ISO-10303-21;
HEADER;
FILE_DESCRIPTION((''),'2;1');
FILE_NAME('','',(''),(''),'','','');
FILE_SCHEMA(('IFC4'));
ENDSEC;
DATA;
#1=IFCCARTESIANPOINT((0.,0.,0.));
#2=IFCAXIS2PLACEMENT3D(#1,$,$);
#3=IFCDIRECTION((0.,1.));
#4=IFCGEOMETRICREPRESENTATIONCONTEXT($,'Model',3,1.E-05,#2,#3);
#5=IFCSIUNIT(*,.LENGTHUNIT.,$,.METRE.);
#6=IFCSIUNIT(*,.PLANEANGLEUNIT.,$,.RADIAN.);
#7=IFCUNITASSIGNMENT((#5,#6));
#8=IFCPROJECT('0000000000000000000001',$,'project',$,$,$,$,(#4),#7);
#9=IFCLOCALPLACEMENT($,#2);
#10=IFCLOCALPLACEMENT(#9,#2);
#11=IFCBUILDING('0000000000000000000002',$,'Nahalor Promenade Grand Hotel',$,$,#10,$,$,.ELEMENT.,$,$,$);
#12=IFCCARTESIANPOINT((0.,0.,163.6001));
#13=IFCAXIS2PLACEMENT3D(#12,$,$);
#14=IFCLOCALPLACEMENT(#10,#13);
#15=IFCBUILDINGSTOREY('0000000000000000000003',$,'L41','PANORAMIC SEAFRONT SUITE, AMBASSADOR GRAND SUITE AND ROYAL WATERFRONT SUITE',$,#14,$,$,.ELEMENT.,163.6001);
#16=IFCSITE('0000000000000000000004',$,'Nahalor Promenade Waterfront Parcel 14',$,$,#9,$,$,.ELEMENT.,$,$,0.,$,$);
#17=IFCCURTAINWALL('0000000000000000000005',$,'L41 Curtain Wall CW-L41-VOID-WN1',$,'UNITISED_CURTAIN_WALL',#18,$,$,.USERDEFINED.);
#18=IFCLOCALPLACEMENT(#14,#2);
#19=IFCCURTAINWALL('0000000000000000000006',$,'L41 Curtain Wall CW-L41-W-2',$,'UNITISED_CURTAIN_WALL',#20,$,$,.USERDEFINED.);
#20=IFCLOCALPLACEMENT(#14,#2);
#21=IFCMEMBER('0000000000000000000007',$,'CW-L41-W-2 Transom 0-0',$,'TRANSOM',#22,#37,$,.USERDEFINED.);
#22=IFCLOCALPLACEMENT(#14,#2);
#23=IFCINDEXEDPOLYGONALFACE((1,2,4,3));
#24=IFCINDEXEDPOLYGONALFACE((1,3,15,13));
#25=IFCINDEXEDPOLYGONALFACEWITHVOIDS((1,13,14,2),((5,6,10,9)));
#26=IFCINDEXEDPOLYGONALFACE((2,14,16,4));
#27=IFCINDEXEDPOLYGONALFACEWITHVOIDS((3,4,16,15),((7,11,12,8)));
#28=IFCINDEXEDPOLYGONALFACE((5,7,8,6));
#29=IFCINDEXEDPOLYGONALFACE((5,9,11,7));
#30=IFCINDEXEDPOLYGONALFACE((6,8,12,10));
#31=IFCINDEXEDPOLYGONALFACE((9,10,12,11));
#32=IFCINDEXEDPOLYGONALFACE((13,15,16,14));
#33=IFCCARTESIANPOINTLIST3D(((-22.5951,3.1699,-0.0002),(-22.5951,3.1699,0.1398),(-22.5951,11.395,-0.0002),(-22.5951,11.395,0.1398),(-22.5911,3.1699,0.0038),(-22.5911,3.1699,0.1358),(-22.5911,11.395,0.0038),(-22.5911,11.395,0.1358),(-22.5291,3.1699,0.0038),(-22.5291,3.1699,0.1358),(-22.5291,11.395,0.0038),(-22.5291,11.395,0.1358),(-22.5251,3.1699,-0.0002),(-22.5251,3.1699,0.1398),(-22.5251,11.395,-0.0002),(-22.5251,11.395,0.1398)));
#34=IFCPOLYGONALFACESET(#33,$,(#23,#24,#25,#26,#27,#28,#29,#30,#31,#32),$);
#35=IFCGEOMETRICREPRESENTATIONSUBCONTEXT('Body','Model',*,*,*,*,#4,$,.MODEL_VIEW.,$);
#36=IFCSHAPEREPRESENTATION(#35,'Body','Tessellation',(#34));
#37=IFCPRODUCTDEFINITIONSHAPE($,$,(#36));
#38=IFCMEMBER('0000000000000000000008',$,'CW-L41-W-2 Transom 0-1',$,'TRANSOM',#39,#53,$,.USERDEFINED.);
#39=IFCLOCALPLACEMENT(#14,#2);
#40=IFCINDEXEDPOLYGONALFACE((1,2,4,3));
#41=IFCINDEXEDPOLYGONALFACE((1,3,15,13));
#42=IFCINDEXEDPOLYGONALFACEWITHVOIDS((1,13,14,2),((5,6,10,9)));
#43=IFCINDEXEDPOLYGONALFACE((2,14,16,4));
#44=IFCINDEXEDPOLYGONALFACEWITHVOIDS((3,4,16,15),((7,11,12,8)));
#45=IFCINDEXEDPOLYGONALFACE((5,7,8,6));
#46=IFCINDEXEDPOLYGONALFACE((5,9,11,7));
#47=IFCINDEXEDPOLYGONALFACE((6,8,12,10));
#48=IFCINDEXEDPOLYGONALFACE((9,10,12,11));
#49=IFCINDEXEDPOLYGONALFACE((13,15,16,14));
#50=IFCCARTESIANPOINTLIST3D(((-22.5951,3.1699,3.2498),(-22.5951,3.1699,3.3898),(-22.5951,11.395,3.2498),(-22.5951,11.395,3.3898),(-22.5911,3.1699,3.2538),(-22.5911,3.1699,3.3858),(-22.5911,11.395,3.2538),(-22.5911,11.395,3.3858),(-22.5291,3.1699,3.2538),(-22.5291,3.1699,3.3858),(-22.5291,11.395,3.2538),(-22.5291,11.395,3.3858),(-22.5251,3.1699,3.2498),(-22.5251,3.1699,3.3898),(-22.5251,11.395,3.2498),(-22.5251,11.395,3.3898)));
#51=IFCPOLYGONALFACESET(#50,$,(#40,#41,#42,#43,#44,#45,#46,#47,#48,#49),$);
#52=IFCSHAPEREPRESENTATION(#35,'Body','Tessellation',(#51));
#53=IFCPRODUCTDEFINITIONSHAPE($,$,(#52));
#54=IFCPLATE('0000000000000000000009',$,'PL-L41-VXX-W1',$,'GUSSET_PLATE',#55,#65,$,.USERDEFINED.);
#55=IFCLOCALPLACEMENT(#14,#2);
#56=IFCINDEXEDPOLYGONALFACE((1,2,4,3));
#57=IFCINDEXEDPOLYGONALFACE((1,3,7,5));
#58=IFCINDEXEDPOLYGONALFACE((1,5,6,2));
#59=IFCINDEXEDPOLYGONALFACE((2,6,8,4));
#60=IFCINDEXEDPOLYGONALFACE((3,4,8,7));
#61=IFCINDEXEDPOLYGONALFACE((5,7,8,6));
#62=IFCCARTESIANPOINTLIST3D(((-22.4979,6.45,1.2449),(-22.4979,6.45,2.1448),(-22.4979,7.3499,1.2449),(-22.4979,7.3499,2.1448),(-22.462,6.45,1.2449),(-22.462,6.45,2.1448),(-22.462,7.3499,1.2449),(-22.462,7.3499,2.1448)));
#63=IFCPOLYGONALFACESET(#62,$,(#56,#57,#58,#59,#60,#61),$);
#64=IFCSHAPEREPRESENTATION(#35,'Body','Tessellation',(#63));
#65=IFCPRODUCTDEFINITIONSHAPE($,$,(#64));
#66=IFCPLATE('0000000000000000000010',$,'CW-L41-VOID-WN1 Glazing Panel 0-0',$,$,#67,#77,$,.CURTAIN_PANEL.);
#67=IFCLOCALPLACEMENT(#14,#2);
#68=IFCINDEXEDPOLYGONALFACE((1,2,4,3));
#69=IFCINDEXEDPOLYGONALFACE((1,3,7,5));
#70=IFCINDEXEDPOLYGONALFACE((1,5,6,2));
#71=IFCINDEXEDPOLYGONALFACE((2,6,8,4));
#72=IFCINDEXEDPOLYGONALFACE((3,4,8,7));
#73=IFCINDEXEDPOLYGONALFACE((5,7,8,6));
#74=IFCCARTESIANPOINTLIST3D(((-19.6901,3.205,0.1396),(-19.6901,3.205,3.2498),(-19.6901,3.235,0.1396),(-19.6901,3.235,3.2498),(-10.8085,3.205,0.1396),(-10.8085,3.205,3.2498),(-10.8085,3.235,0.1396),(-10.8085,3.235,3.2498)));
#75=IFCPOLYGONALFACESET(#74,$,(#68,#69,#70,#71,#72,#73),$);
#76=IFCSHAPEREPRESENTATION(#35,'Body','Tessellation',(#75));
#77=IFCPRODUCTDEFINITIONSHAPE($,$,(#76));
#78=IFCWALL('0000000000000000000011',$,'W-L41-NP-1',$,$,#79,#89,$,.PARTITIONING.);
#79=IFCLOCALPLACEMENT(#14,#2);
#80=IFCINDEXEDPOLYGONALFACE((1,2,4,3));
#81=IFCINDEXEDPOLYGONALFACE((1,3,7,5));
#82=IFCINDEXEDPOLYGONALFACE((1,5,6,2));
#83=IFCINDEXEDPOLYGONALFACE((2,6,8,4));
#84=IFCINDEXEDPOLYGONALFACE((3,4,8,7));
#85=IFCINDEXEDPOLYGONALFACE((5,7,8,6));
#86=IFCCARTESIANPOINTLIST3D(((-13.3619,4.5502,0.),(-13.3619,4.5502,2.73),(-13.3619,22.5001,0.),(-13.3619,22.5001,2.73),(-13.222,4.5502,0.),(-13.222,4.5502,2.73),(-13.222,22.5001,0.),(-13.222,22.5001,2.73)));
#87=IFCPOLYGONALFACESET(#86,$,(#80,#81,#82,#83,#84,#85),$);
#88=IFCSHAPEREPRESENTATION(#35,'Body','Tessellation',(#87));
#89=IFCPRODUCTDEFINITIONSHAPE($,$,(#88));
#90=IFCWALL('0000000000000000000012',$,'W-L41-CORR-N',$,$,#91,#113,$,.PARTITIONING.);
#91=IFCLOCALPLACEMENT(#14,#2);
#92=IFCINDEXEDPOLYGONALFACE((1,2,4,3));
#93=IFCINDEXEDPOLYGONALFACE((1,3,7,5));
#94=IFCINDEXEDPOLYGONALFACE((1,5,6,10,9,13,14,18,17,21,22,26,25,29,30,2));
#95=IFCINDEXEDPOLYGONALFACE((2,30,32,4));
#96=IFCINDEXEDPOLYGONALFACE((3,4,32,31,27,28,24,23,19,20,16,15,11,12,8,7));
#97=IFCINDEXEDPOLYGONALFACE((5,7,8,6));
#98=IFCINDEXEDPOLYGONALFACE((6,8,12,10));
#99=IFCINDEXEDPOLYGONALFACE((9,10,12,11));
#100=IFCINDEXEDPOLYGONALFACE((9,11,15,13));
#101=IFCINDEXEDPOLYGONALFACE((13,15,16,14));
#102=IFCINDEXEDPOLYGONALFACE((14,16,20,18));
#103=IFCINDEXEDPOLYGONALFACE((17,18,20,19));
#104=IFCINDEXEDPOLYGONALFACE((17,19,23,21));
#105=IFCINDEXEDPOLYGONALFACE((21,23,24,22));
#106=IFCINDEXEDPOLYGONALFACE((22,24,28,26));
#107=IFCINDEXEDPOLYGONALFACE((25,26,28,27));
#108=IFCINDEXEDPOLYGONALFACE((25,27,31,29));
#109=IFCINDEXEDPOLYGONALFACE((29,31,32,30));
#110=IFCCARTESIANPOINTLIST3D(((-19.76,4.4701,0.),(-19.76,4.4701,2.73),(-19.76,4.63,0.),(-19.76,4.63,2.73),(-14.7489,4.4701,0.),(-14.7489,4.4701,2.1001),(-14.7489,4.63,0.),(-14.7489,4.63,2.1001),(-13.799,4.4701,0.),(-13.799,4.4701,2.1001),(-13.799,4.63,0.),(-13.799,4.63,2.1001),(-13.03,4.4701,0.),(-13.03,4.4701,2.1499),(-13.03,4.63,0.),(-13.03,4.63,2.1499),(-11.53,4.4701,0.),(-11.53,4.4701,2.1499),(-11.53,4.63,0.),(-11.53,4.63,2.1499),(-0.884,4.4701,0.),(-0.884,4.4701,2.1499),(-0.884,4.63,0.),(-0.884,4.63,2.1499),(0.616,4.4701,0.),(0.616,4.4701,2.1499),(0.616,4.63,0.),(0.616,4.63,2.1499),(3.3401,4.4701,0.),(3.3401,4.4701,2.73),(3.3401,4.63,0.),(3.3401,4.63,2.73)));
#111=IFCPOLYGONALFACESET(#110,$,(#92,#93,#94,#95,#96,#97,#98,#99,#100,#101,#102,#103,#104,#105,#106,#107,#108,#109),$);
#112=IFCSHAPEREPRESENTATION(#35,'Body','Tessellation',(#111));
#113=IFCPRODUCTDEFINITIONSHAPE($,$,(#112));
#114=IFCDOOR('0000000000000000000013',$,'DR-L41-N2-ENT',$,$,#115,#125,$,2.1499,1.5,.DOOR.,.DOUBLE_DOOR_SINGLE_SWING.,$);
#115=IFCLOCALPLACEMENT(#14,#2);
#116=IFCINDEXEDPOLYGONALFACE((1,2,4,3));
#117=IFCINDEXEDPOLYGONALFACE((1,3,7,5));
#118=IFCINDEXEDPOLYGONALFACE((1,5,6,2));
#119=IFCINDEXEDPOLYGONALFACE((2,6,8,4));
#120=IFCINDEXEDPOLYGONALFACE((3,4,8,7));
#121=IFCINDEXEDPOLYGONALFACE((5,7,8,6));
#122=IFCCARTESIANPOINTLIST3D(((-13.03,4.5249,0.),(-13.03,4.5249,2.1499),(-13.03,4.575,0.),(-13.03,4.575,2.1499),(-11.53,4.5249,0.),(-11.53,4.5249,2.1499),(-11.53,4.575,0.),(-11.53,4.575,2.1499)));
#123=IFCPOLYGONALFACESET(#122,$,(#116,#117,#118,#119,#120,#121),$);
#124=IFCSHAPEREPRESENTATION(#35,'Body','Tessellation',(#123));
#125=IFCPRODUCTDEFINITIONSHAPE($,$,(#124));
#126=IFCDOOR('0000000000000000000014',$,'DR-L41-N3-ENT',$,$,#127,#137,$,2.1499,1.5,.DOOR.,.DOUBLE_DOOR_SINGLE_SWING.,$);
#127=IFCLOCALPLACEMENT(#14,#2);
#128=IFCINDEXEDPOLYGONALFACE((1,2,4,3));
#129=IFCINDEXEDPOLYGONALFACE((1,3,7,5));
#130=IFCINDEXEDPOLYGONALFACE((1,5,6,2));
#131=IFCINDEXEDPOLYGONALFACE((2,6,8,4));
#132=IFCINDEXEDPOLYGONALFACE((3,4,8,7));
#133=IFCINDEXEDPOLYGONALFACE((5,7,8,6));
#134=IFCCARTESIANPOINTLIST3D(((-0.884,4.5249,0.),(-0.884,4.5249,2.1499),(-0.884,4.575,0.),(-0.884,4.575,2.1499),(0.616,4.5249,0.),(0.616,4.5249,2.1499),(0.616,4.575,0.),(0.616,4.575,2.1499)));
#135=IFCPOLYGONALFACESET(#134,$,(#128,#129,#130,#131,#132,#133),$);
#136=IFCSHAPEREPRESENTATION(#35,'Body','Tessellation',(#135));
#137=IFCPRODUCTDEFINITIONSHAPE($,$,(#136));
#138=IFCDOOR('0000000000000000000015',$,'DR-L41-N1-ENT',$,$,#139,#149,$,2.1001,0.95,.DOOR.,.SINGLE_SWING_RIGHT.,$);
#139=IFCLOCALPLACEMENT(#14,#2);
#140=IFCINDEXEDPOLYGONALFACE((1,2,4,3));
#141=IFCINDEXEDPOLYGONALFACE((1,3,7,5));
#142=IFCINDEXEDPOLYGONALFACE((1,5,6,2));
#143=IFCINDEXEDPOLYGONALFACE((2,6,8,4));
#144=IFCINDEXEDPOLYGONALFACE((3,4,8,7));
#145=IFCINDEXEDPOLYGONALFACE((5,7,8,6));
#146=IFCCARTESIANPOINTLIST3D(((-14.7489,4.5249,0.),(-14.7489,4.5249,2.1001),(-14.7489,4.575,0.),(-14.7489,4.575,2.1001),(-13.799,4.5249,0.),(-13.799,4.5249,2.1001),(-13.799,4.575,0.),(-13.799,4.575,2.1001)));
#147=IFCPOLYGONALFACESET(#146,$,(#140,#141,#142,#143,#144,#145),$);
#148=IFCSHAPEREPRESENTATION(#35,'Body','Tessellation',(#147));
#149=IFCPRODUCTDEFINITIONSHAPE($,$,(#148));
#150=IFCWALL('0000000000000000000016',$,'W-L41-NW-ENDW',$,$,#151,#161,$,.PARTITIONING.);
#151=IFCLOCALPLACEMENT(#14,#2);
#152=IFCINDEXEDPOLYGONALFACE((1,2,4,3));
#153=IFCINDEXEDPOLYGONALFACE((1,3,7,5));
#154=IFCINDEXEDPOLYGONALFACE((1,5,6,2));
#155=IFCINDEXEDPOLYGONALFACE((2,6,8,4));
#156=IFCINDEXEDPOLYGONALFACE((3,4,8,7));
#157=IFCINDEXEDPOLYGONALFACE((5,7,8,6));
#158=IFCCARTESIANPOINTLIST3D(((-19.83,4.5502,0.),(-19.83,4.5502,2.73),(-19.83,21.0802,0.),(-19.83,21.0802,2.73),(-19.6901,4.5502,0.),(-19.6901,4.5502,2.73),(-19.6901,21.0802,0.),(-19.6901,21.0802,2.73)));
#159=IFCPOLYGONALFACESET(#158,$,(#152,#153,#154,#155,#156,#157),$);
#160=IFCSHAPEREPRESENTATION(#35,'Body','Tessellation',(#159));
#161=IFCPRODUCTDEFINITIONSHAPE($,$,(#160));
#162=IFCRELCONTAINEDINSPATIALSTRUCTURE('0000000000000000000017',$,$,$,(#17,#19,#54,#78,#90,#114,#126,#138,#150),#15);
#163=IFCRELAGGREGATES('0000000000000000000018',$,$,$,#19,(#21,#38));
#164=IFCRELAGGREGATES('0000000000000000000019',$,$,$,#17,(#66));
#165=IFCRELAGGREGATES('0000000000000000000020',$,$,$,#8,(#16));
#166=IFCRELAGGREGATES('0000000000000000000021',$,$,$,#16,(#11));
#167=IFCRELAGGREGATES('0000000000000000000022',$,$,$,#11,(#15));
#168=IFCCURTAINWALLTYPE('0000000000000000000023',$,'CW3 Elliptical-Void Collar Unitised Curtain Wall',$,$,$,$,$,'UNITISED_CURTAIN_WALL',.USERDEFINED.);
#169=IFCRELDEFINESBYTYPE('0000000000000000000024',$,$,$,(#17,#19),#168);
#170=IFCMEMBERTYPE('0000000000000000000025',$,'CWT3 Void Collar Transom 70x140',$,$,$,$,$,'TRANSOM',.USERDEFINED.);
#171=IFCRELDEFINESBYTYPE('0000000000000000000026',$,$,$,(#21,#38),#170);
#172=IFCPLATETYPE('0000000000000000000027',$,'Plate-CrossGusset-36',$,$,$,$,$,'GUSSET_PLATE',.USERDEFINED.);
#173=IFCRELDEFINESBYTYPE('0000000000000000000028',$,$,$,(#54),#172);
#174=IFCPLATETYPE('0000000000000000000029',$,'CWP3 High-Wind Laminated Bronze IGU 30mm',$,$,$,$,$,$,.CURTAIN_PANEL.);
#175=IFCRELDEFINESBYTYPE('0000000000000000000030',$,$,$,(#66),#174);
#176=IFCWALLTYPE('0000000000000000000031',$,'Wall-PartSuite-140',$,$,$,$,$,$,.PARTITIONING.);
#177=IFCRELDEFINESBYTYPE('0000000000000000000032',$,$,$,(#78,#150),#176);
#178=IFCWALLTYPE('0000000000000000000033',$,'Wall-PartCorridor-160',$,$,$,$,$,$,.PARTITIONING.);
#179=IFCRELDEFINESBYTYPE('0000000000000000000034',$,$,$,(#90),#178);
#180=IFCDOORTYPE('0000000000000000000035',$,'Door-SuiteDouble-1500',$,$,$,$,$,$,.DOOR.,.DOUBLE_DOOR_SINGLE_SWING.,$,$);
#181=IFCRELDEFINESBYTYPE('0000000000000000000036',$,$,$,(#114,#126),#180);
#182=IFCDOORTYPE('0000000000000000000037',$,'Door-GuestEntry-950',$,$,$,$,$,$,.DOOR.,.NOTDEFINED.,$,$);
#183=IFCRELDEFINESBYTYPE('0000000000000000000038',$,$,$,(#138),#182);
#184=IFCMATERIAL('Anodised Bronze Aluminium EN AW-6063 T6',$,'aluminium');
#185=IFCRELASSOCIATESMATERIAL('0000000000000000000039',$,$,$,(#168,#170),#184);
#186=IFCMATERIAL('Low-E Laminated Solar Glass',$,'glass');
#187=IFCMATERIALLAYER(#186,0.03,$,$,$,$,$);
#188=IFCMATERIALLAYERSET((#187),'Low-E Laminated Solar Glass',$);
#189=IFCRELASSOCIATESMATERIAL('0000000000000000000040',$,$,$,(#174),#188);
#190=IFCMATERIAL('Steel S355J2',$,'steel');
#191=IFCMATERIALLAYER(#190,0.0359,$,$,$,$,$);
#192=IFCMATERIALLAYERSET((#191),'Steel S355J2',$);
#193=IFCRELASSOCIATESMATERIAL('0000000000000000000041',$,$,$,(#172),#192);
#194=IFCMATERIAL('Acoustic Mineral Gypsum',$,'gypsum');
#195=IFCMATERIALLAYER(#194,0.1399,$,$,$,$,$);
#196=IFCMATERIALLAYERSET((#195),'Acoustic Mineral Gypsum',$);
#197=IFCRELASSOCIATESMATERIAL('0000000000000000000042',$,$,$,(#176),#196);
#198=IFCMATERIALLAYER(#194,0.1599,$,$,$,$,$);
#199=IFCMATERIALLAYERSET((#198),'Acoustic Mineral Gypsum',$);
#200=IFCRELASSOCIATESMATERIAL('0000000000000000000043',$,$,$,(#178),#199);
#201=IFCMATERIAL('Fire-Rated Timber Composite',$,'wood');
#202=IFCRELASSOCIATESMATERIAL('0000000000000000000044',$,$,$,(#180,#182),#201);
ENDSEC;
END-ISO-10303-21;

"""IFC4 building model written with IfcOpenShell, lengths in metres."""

from ifc_helpers import new_model, si_unit, direction, frame, frame_2d, origin, origin_2d, place, context, subcontext, project, spatial, rectangle, hollow_rectangle, extrude, source, transform, mapped, material, layer, layer_set, material_profile, profile_set, type_object, element, fill, aggregate, save


model = new_model("IFC4")

# Units and contexts
model_context = context("Model", 3, precision=1e-05, world=origin(), true_north=direction((0.0, 1.0)))
body_context = subcontext(model_context, "Body", "Model", "MODEL_VIEW")
ifc_project = project(units=[si_unit("LENGTHUNIT", "METRE"), si_unit("PLANEANGLEUNIT", "RADIAN")], contexts=[model_context])

# Site, building, storey
site_placement = place(None, origin())
site = spatial("IfcSite", under=ifc_project, at=site_placement, Name="Nahalor Promenade Waterfront Parcel 14", CompositionType="ELEMENT", RefElevation=0.0)
building_placement = place(site_placement, origin())
building = spatial("IfcBuilding", under=site, at=building_placement, Name="Nahalor Promenade Grand Hotel", CompositionType="ELEMENT")
storey_placement = place(building_placement, frame((0.0, 0.0, 163.6001)))
storey = spatial("IfcBuildingStorey", under=building, at=storey_placement, Name="L41", Description="PANORAMIC SEAFRONT SUITE, AMBASSADOR GRAND SUITE AND ROYAL WATERFRONT SUITE", CompositionType="ELEMENT", Elevation=163.6001)

# Shared definitions
ifc_material_1 = material(Name="Steel S355J2", Category="steel")

# Curtain wall
ifc_material_2 = material(Name="Anodised Bronze Aluminium EN AW-6063 T6", Category="aluminium")
curtain_wall_type = type_object("IfcCurtainWallType", Name="CW3 Elliptical-Void Collar Unitised Curtain Wall", ElementType="UNITISED_CURTAIN_WALL", PredefinedType="USERDEFINED", material=ifc_material_2)
curtain_wall_1_placement = place(storey_placement, origin())
curtain_wall_1 = element("IfcCurtainWall", 1, at=curtain_wall_1_placement, inside=storey, type_object=curtain_wall_type, Name="L41 Curtain Wall CW-L41-VOID-WN1", ObjectType="UNITISED_CURTAIN_WALL", PredefinedType="USERDEFINED")
ifc_material_profile_1 = material_profile(ifc_material_2, hollow_rectangle(XDim=0.07, YDim=0.14, WallThickness=0.004, at=origin_2d()), Name="CWT 70x140x4")
ifc_profile_set_1 = profile_set([ifc_material_profile_1], Name="Anodised Bronze Aluminium EN AW-6063 T6")
member_type_1 = type_object("IfcMemberType", Name="CWT3 Void Collar Transom 70x140", ElementType="TRANSOM", PredefinedType="USERDEFINED", material=ifc_profile_set_1)

# Curtain wall
curtain_wall_2_placement = place(storey_placement, origin())
curtain_wall_2 = element("IfcCurtainWall", 2, at=curtain_wall_2_placement, inside=storey, type_object=curtain_wall_type, Name="L41 Curtain Wall CW-L41-W-2", ObjectType="UNITISED_CURTAIN_WALL", PredefinedType="USERDEFINED")

# Members
shared_shape_1 = source(origin(), body_context, "Body", "SweptSolid", [
    extrude(hollow_rectangle(XDim=0.07, YDim=0.14, WallThickness=0.004, at=origin_2d()), origin(), (0.0, 0.0, 1.0), 8.2251),
])
member_1_placement = place(storey_placement, frame((-22.5601, 3.1699, 0.0698), z_axis=(0.0, 1.0, 0.0), x_axis=(-1.0, 0.0, 0.0)))
member_1 = element("IfcMember", 3, at=member_1_placement, type_object=member_type_1, Name="CW-L41-W-2 Transom 0-0", ObjectType="TRANSOM", PredefinedType="USERDEFINED", context=body_context, shape_type="MappedRepresentation", body=[
    mapped(shared_shape_1, transform((0.0, 0.0, 0.0), scale=1.0)),
])
member_2_placement = place(storey_placement, frame((-22.5601, 3.1699, 3.3198), z_axis=(0.0, 1.0, 0.0), x_axis=(-1.0, 0.0, 0.0)))
member_2 = element("IfcMember", 4, at=member_2_placement, type_object=member_type_1, Name="CW-L41-W-2 Transom 0-1", ObjectType="TRANSOM", PredefinedType="USERDEFINED", context=body_context, shape_type="MappedRepresentation", body=[
    mapped(shared_shape_1, transform((0.0, 0.0, 0.0), scale=1.0)),
])

# Plates
ifc_material_3 = material(Name="Low-E Laminated Solar Glass", Category="glass")
ifc_layer_1 = layer(ifc_material_3, 0.03)
ifc_layer_set_1 = layer_set([ifc_layer_1], Name="Low-E Laminated Solar Glass")
plate_type_1 = type_object("IfcPlateType", Name="CWP3 High-Wind Laminated Bronze IGU 30mm", PredefinedType="CURTAIN_PANEL", material=ifc_layer_set_1)
aggregate(curtain_wall_2, [member_1, member_2])
ifc_layer_2 = layer(ifc_material_1, 0.0359)
ifc_layer_set_2 = layer_set([ifc_layer_2], Name="Steel S355J2")
plate_type_2 = type_object("IfcPlateType", Name="Plate-CrossGusset-36", ElementType="GUSSET_PLATE", PredefinedType="USERDEFINED", material=ifc_layer_set_2)
shared_shape_2 = source(origin(), body_context, "Body", "SweptSolid", [
    extrude(rectangle(XDim=0.8999, YDim=0.0359, at=origin_2d()), origin(), (0.0, 0.0, 1.0), 0.8999),
])
plate_1_placement = place(storey_placement, frame((-22.48, 6.8999, 1.2449), z_axis=(0.0, 0.0, 1.0), x_axis=(0.0, 1.0, 0.0)))
element("IfcPlate", 5, at=plate_1_placement, inside=storey, type_object=plate_type_2, Name="PL-L41-VXX-W1", ObjectType="GUSSET_PLATE", PredefinedType="USERDEFINED", context=body_context, shape_type="MappedRepresentation", body=[
    mapped(shared_shape_2, transform((0.0, 0.0, 0.0), scale=1.0)),
])
shared_shape_3 = source(origin(), body_context, "Body", "SweptSolid", [
    extrude(rectangle(XDim=8.8816, YDim=0.03, at=origin_2d()), origin(), (0.0, 0.0, 1.0), 3.1101),
])
plate_2_placement = place(storey_placement, frame((-15.2493, 3.22, 0.1396), z_axis=(0.0, 0.0, 1.0), x_axis=(1.0, 0.0, 0.0)))
plate_2 = element("IfcPlate", 6, at=plate_2_placement, type_object=plate_type_1, Name="CW-L41-VOID-WN1 Glazing Panel 0-0", PredefinedType="CURTAIN_PANEL", context=body_context, shape_type="MappedRepresentation", body=[
    mapped(shared_shape_3, transform((0.0, 0.0, 0.0), scale=1.0)),
])
aggregate(curtain_wall_1, [plate_2])

# Wall
ifc_material_4 = material(Name="Acoustic Mineral Gypsum", Category="gypsum")
ifc_layer_3 = layer(ifc_material_4, 0.1399)
ifc_layer_set_3 = layer_set([ifc_layer_3], Name="Acoustic Mineral Gypsum")
wall_type_1 = type_object("IfcWallType", Name="Wall-PartSuite-140", PredefinedType="PARTITIONING", material=ifc_layer_set_3)
shared_shape_4 = source(origin(), body_context, "Body", "SweptSolid", [
    extrude(rectangle(XDim=17.95, YDim=0.1399, at=frame_2d((8.9751, 0.0))), origin(), (0.0, 0.0, 1.0), 2.73),
])
wall_1_placement = place(storey_placement, frame((-13.292, 4.55, 0.0), z_axis=(0.0, 0.0, 1.0), x_axis=(0.0, 1.0, 0.0)))
element("IfcWall", 7, at=wall_1_placement, inside=storey, type_object=wall_type_1, Name="W-L41-NP-1", PredefinedType="PARTITIONING", context=body_context, shape_type="MappedRepresentation", body=[
    mapped(shared_shape_4, transform((0.0, 0.0, 0.0), scale=1.0)),
])

# Wall, openings, doors
ifc_layer_4 = layer(ifc_material_4, 0.1599)
ifc_layer_set_4 = layer_set([ifc_layer_4], Name="Acoustic Mineral Gypsum")
wall_type_2 = type_object("IfcWallType", Name="Wall-PartCorridor-160", PredefinedType="PARTITIONING", material=ifc_layer_set_4)
shared_shape_5 = source(origin(), body_context, "Body", "SweptSolid", [
    extrude(rectangle(XDim=23.1001, YDim=0.1599, at=frame_2d((11.55, 0.0))), origin(), (0.0, 0.0, 1.0), 2.73),
])
wall_2_placement = place(storey_placement, frame((-19.76, 4.55, 0.0), z_axis=(0.0, 0.0, 1.0), x_axis=(1.0, 0.0, 0.0)))
wall_2 = element("IfcWall", 8, at=wall_2_placement, inside=storey, type_object=wall_type_2, Name="W-L41-CORR-N", PredefinedType="PARTITIONING", context=body_context, shape_type="MappedRepresentation", body=[
    mapped(shared_shape_5, transform((0.0, 0.0, 0.0), scale=1.0)),
])
opening_1_placement = place(wall_2_placement, frame((5.011, 0.0, 0.0)))
opening_1 = element("IfcOpeningElement", 9, at=opening_1_placement, cuts=wall_2, PredefinedType="OPENING", context=body_context, shape_type="SweptSolid", body=[
    extrude(rectangle(XDim=0.95, YDim=2.1001, at=frame_2d((0.4751, 1.05))), frame((0.0, 0.0898, 0.0), z_axis=(0.0, -1.0, 0.0), x_axis=(1.0, 0.0, 0.0)), (0.0, 0.0, 1.0), 0.1799),
])
opening_2_placement = place(wall_2_placement, frame((6.73, 0.0, 0.0)))
opening_2 = element("IfcOpeningElement", 10, at=opening_2_placement, cuts=wall_2, PredefinedType="OPENING", context=body_context, shape_type="SweptSolid", body=[
    extrude(rectangle(XDim=1.5, YDim=2.1499, at=frame_2d((0.75, 1.075))), frame((0.0, 0.0898, 0.0), z_axis=(0.0, -1.0, 0.0), x_axis=(1.0, 0.0, 0.0)), (0.0, 0.0, 1.0), 0.1799),
])
opening_3_placement = place(wall_2_placement, frame((18.876, 0.0, 0.0)))
opening_3 = element("IfcOpeningElement", 11, at=opening_3_placement, cuts=wall_2, PredefinedType="OPENING", context=body_context, shape_type="SweptSolid", body=[
    extrude(rectangle(XDim=1.5, YDim=2.1499, at=frame_2d((0.75, 1.075))), frame((0.0, 0.0898, 0.0), z_axis=(0.0, -1.0, 0.0), x_axis=(1.0, 0.0, 0.0)), (0.0, 0.0, 1.0), 0.1799),
])
ifc_material_5 = material(Name="Fire-Rated Timber Composite", Category="wood")
door_type_1 = type_object("IfcDoorType", Name="Door-SuiteDouble-1500", OperationType="DOUBLE_DOOR_SINGLE_SWING", PredefinedType="DOOR", material=ifc_material_5)
shared_shape_6 = source(origin(), body_context, "Body", "SweptSolid", [
    extrude(rectangle(XDim=1.5, YDim=2.1499, at=frame_2d((0.75, 1.075))), frame((0.0, 0.0249, 0.0), z_axis=(0.0, -1.0, 0.0), x_axis=(1.0, 0.0, 0.0)), (0.0, 0.0, 1.0), 0.05),
])
door_1_placement = place(opening_2_placement, origin())
door_1 = element("IfcDoor", 12, at=door_1_placement, inside=storey, type_object=door_type_1, Name="DR-L41-N2-ENT", OperationType="DOUBLE_DOOR_SINGLE_SWING", OverallHeight=2.1499, OverallWidth=1.5, PredefinedType="DOOR", context=body_context, shape_type="MappedRepresentation", body=[
    mapped(shared_shape_6, transform((0.0, 0.0, 0.0), scale=1.0)),
])
fill(opening_2, door_1)
door_2_placement = place(opening_3_placement, origin())
door_2 = element("IfcDoor", 13, at=door_2_placement, inside=storey, type_object=door_type_1, Name="DR-L41-N3-ENT", OperationType="DOUBLE_DOOR_SINGLE_SWING", OverallHeight=2.1499, OverallWidth=1.5, PredefinedType="DOOR", context=body_context, shape_type="MappedRepresentation", body=[
    mapped(shared_shape_6, transform((0.0, 0.0, 0.0), scale=1.0)),
])
fill(opening_3, door_2)
door_type_2 = type_object("IfcDoorType", Name="Door-GuestEntry-950", OperationType="NOTDEFINED", PredefinedType="DOOR", material=ifc_material_5)
shared_shape_7 = source(origin(), body_context, "Body", "SweptSolid", [
    extrude(rectangle(XDim=0.95, YDim=2.1001, at=frame_2d((0.4751, 1.05))), frame((0.0, 0.0249, 0.0), z_axis=(0.0, -1.0, 0.0), x_axis=(1.0, 0.0, 0.0)), (0.0, 0.0, 1.0), 0.05),
])
door_3_placement = place(opening_1_placement, origin())
door_3 = element("IfcDoor", 14, at=door_3_placement, inside=storey, type_object=door_type_2, Name="DR-L41-N1-ENT", OperationType="SINGLE_SWING_RIGHT", OverallHeight=2.1001, OverallWidth=0.95, PredefinedType="DOOR", context=body_context, shape_type="MappedRepresentation", body=[
    mapped(shared_shape_7, transform((0.0, 0.0, 0.0), scale=1.0)),
])
fill(opening_1, door_3)

# Wall
shared_shape_8 = source(origin(), body_context, "Body", "SweptSolid", [
    extrude(rectangle(XDim=16.53, YDim=0.1399, at=frame_2d((8.2651, 0.0))), origin(), (0.0, 0.0, 1.0), 2.73),
])
wall_3_placement = place(storey_placement, frame((-19.76, 4.55, 0.0), z_axis=(0.0, 0.0, 1.0), x_axis=(0.0, 1.0, 0.0)))
element("IfcWall", 15, at=wall_3_placement, inside=storey, type_object=wall_type_1, Name="W-L41-NW-ENDW", PredefinedType="PARTITIONING", context=body_context, shape_type="MappedRepresentation", body=[
    mapped(shared_shape_8, transform((0.0, 0.0, 0.0), scale=1.0)),
])

save(model, "model.ifc")
